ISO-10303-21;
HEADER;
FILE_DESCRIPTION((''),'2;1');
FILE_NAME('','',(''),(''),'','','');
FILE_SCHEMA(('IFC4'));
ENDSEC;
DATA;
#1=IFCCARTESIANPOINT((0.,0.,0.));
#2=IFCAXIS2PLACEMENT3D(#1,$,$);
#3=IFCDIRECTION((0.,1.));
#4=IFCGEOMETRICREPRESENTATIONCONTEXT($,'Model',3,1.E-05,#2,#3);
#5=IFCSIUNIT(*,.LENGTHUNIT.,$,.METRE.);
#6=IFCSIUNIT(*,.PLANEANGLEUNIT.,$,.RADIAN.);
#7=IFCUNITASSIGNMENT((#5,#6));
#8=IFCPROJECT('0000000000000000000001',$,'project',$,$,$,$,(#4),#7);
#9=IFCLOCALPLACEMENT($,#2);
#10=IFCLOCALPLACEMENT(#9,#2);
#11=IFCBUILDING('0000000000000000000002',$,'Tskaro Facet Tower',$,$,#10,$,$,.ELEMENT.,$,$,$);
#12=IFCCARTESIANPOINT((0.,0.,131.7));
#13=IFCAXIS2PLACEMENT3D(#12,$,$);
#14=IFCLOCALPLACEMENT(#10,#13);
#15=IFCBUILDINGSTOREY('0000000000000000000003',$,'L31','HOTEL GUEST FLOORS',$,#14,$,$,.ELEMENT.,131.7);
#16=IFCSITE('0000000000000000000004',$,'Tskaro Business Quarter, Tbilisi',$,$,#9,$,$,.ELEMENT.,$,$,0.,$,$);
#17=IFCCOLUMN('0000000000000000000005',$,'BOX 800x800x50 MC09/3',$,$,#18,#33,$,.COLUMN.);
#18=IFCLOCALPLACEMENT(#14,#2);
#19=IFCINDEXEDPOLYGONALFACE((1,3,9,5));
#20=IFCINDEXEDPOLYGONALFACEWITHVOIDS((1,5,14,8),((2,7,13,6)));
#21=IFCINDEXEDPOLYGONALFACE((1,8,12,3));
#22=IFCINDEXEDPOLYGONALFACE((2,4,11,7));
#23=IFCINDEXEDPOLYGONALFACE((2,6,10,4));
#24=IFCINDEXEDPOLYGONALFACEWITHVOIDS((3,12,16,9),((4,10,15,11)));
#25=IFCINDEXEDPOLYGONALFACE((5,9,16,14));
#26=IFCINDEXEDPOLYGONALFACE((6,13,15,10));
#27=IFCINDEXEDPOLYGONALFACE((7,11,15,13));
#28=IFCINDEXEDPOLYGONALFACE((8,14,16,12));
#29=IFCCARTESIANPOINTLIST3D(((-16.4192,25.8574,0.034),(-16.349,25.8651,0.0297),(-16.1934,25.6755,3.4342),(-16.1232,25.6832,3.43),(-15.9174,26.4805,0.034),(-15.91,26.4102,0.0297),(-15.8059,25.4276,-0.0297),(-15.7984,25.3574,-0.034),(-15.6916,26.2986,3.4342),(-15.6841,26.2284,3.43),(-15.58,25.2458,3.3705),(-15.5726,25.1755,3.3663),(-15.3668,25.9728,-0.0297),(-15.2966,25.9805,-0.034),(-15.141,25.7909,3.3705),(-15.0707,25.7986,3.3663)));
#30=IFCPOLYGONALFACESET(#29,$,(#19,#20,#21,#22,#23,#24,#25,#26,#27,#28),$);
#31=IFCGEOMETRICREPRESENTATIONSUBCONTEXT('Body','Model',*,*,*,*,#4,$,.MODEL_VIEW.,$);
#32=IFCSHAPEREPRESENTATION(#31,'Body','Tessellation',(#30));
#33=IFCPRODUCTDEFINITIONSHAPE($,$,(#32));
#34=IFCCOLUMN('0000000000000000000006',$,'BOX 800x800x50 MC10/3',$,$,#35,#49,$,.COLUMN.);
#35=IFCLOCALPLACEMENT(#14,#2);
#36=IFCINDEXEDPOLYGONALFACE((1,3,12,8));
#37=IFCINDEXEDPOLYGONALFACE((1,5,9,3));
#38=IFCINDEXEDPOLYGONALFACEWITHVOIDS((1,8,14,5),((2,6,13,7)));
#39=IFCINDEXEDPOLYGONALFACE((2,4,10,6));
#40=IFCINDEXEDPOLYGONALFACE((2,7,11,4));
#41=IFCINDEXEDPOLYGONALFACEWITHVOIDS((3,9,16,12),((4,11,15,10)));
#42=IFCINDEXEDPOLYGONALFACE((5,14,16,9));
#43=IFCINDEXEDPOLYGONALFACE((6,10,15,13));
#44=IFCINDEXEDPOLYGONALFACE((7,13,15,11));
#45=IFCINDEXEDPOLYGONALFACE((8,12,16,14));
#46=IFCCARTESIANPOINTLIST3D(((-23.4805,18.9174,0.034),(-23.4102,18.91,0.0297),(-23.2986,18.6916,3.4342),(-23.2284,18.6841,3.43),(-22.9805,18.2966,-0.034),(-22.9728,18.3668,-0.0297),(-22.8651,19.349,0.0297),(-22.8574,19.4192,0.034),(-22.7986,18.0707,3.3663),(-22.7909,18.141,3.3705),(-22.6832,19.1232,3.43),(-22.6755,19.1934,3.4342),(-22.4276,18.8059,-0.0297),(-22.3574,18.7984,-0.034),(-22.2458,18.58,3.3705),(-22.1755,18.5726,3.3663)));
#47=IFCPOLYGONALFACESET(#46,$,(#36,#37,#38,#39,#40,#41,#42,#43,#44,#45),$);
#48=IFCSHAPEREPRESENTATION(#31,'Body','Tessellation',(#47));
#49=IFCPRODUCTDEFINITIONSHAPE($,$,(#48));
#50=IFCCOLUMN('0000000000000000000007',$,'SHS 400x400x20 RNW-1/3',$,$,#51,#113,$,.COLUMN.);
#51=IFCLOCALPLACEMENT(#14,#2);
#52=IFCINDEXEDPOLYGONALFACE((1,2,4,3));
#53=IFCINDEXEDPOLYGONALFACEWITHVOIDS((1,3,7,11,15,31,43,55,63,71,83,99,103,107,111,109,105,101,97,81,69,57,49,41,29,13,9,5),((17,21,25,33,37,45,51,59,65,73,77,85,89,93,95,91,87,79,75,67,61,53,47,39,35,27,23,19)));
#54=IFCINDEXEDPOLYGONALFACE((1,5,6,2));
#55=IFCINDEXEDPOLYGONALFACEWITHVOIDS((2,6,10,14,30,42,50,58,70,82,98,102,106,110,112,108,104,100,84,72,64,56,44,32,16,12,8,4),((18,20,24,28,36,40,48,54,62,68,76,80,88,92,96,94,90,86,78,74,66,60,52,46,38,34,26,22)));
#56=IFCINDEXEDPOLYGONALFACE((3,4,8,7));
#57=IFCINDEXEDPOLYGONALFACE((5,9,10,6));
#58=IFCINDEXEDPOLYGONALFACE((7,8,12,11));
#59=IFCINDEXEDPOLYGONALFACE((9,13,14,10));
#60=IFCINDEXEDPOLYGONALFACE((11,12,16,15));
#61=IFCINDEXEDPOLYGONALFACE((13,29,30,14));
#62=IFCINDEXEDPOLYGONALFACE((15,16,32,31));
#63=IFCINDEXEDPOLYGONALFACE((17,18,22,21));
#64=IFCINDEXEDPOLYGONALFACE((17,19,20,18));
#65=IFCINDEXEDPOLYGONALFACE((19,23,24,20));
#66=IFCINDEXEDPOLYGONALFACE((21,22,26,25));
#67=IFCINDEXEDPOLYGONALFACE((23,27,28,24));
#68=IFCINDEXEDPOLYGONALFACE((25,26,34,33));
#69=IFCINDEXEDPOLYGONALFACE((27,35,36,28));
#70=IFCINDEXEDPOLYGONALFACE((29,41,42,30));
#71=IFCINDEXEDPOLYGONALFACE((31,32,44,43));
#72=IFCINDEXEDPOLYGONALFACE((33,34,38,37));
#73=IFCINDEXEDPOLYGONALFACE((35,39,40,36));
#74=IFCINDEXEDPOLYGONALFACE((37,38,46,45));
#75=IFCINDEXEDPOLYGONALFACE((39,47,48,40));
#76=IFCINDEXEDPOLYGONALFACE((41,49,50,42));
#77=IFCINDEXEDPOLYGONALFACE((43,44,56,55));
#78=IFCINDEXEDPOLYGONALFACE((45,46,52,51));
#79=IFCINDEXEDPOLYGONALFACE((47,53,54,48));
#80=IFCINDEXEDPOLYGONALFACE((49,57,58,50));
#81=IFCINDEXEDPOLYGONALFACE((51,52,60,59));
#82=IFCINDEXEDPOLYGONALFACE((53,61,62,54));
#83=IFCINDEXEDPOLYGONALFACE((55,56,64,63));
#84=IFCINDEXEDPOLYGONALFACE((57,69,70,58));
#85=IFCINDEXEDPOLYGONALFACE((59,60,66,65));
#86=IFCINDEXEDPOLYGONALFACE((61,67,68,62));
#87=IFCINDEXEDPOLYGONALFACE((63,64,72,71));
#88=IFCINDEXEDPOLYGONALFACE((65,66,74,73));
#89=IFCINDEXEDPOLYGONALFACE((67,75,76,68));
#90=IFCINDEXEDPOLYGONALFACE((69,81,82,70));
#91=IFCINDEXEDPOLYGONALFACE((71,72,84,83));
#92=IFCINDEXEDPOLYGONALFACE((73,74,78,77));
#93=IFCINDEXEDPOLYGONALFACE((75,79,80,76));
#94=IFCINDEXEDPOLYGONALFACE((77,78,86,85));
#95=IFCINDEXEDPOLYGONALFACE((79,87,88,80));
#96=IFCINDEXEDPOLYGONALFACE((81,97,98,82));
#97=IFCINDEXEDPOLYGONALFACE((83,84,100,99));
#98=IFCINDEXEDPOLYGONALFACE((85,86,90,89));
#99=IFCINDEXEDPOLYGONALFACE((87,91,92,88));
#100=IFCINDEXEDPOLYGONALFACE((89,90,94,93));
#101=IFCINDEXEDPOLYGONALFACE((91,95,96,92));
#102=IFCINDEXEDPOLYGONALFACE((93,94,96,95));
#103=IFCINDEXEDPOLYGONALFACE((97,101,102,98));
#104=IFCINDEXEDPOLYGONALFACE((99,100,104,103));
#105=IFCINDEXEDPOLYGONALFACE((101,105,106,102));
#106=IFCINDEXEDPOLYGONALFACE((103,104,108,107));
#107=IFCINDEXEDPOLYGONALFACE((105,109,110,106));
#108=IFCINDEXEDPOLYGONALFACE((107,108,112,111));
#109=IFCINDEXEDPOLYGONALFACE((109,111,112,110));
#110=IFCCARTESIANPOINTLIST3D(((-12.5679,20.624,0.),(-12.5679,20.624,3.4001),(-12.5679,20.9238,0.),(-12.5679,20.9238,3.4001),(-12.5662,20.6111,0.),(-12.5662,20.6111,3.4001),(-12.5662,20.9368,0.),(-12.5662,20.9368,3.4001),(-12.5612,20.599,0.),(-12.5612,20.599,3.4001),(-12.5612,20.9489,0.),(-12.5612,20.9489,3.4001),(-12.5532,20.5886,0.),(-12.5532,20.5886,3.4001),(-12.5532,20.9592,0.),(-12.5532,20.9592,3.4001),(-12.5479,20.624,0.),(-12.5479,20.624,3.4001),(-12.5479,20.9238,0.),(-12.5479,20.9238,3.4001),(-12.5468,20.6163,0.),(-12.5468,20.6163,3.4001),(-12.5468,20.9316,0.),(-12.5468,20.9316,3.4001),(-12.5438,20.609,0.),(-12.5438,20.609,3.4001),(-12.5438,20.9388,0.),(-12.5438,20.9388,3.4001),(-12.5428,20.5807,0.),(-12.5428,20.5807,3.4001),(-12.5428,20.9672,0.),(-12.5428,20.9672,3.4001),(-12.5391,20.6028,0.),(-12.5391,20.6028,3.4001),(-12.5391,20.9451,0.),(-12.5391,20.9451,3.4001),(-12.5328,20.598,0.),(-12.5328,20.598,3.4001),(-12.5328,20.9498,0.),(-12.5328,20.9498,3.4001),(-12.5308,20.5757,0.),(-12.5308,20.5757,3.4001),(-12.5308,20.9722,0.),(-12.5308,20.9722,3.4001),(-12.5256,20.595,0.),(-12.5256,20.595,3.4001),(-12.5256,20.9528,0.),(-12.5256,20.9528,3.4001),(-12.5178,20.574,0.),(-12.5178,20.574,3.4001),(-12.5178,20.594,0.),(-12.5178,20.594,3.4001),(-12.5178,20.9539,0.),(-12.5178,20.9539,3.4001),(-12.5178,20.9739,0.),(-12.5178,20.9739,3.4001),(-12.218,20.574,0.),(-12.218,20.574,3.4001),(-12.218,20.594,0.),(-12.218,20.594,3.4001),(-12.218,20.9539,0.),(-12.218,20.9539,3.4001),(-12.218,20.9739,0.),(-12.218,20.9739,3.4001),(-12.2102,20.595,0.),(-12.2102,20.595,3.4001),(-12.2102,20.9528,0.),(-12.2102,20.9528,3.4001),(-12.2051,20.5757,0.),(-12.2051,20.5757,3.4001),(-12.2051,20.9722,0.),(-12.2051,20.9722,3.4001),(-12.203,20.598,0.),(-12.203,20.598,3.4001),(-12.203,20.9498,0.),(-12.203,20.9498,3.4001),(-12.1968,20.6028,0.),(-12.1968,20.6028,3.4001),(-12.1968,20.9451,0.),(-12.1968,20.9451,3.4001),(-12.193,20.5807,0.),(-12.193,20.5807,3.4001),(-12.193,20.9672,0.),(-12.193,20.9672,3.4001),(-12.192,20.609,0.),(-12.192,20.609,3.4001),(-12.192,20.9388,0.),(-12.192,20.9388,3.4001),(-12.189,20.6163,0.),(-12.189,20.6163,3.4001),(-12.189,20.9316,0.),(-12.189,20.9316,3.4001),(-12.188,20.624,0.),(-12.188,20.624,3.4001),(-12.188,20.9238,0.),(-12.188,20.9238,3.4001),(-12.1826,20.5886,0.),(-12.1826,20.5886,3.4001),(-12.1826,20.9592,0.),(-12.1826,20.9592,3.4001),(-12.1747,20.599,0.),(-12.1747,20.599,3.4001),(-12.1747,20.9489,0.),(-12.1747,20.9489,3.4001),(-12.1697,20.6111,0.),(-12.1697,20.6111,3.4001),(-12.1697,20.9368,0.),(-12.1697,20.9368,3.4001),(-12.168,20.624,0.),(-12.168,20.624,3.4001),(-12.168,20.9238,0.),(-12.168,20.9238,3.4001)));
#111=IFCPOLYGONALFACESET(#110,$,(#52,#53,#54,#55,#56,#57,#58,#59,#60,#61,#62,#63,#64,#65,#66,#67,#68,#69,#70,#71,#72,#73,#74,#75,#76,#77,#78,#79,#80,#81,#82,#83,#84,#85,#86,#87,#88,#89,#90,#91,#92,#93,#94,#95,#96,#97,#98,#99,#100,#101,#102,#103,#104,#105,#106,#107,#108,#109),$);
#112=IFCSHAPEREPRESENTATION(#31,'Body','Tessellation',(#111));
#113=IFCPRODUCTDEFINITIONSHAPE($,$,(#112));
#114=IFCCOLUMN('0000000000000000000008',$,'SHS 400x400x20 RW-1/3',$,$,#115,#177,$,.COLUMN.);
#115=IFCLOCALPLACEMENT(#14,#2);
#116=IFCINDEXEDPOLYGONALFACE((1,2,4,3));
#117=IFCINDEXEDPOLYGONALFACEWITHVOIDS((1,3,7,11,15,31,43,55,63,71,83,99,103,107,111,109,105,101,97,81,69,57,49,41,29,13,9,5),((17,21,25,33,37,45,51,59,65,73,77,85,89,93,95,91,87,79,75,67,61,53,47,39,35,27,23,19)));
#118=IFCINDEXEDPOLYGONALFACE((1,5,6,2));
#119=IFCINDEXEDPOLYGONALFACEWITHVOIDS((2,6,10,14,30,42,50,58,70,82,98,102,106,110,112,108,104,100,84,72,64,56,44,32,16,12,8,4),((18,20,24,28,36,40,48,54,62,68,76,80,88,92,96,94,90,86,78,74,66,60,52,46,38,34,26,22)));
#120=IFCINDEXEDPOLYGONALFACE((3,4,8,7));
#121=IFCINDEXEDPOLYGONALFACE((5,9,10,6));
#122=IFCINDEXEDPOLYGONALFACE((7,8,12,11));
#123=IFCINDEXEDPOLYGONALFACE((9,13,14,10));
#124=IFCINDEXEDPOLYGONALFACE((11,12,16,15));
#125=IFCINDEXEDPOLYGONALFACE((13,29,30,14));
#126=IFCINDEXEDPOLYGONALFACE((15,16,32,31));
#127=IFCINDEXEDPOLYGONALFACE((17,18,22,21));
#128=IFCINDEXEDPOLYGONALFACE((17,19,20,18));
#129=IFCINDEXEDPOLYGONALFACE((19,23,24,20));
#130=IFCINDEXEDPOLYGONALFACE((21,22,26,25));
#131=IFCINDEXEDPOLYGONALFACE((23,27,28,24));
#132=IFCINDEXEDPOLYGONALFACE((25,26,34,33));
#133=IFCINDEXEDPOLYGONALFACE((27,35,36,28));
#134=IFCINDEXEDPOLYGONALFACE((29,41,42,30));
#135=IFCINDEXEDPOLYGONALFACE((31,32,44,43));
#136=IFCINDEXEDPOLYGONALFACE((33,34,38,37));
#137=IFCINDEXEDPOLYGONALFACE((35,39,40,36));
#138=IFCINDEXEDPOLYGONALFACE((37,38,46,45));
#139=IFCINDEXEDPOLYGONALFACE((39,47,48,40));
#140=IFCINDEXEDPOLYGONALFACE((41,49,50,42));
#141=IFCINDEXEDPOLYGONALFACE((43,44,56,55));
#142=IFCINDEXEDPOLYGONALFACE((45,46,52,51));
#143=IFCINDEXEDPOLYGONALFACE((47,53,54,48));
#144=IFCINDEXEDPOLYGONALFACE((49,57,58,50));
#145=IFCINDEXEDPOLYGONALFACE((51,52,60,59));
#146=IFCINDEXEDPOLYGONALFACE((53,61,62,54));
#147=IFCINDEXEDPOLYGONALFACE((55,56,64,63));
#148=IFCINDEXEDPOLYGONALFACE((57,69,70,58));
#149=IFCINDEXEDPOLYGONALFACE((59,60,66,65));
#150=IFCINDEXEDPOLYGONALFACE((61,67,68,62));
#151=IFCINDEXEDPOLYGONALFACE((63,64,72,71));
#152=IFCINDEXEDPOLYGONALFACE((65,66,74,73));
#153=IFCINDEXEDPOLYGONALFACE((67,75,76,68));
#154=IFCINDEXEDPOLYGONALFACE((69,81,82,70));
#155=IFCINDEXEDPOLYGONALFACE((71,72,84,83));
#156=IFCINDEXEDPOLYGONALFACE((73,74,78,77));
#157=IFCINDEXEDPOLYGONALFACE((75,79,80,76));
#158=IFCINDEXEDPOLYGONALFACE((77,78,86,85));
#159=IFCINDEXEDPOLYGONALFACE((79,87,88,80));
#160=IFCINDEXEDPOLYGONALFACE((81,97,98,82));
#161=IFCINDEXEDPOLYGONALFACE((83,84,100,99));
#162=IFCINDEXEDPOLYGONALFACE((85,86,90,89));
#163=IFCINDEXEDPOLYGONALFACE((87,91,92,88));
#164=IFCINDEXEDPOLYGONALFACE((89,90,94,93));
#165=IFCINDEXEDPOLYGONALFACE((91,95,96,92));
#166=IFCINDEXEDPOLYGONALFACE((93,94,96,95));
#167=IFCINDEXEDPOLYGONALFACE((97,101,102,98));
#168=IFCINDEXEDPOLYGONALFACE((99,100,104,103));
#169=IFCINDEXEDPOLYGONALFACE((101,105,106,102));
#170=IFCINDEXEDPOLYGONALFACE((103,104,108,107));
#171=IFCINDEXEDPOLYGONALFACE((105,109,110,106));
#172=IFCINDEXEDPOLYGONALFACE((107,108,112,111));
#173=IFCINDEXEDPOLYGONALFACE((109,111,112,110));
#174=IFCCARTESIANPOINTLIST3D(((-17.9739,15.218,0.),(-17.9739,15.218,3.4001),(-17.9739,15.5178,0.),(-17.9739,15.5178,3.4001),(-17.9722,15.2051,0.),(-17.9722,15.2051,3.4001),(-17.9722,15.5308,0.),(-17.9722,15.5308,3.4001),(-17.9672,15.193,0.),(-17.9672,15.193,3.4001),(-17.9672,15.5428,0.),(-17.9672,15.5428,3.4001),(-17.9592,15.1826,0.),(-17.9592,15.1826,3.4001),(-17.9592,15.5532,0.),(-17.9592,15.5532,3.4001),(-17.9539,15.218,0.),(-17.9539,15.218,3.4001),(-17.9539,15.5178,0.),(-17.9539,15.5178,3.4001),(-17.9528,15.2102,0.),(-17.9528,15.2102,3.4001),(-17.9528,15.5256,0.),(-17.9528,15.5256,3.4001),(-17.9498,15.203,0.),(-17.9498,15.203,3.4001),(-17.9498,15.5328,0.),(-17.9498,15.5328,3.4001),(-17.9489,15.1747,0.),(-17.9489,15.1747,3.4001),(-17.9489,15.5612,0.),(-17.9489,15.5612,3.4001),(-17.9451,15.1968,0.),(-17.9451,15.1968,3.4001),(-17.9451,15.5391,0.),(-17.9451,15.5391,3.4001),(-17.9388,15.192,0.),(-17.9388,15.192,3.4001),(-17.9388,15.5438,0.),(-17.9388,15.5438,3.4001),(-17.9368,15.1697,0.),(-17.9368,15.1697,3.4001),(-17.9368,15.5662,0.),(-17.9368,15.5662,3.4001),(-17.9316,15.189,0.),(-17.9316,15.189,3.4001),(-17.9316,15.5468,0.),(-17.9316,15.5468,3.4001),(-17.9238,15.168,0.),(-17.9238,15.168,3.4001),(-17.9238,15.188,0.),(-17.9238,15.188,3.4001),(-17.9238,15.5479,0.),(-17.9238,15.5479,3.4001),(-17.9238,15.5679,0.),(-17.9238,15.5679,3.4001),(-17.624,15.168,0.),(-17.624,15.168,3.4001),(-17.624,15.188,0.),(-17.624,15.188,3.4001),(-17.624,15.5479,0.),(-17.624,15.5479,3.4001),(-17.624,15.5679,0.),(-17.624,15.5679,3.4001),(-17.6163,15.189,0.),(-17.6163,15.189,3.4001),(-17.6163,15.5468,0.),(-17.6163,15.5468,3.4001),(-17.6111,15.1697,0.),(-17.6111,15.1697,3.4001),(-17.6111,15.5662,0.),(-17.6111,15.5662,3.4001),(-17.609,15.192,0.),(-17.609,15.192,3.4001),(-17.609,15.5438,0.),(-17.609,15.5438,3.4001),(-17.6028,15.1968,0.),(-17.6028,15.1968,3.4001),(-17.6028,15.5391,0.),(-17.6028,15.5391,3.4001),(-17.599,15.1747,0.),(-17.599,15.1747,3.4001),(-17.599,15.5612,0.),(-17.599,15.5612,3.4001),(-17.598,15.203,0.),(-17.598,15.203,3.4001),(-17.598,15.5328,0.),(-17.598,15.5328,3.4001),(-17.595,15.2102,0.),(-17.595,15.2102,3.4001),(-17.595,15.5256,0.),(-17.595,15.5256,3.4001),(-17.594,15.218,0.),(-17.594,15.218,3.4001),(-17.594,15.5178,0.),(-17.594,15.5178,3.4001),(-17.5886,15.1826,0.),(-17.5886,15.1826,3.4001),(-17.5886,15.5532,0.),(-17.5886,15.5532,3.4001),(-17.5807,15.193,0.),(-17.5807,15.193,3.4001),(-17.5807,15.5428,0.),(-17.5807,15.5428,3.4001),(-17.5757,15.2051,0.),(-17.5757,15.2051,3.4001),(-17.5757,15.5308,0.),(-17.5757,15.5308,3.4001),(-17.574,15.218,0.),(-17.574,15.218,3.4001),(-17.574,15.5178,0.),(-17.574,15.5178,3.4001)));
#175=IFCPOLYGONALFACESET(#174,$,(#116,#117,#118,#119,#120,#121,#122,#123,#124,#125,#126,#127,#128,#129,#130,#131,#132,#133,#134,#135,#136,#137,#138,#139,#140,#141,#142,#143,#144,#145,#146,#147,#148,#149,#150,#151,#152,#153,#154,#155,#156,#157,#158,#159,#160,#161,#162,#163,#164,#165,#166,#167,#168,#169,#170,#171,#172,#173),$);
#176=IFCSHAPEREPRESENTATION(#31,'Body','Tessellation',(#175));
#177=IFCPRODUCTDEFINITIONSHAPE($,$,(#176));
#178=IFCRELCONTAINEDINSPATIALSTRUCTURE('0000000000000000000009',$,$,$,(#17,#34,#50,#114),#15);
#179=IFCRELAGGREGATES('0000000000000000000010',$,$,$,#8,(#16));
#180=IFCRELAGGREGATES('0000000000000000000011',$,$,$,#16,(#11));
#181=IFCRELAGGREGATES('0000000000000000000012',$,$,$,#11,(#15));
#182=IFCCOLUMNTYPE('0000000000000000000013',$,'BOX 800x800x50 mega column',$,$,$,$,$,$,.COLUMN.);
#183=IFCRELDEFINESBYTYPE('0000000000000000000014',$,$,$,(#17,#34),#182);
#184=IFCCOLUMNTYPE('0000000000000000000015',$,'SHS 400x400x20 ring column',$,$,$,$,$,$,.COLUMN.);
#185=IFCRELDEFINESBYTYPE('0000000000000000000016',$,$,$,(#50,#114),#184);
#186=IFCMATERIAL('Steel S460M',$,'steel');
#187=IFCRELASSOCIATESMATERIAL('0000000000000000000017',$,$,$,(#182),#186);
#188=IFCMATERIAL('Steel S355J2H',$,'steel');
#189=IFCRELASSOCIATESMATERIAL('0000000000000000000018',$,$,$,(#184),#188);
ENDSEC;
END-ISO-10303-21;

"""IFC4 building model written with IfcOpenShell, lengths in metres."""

from ifc_helpers import new_model, si_unit, direction, frame, origin, origin_2d, place, context, subcontext, project, spatial, hollow_rectangle, extrude, material, material_profile, profile_set, type_object, element, save


model = new_model("IFC4")

# Units and contexts
model_context = context("Model", 3, precision=1e-05, world=origin(), true_north=direction((0.0, 1.0)))
body_context = subcontext(model_context, "Body", "Model", "MODEL_VIEW")
ifc_project = project(units=[si_unit("LENGTHUNIT", "METRE"), si_unit("PLANEANGLEUNIT", "RADIAN")], contexts=[model_context])

# Site, building, storey
site_placement = place(None, origin())
site = spatial("IfcSite", under=ifc_project, at=site_placement, Name="Tskaro Business Quarter, Tbilisi", CompositionType="ELEMENT", RefElevation=0.0)
building_placement = place(site_placement, origin())
building = spatial("IfcBuilding", under=site, at=building_placement, Name="Tskaro Facet Tower", CompositionType="ELEMENT")
storey_placement = place(building_placement, frame((0.0, 0.0, 131.7)))
storey = spatial("IfcBuildingStorey", under=building, at=storey_placement, Name="L31", Description="HOTEL GUEST FLOORS", CompositionType="ELEMENT", Elevation=131.7)

# Columns
ifc_material_1 = material(Name="Steel S460M", Category="steel")
ifc_material_profile_1 = material_profile(ifc_material_1, hollow_rectangle(XDim=0.8, YDim=0.8, WallThickness=0.05, at=origin_2d()), Name="BOX 800x800x50")
ifc_profile_set_1 = profile_set([ifc_material_profile_1], Name="Steel S460M")
column_type_1 = type_object("IfcColumnType", Name="BOX 800x800x50 mega column", PredefinedType="COLUMN", material=ifc_profile_set_1)
for number, where, z_axis, x_axis, name in (
    (1, (-15.8579, 25.9189, 0.0), (0.066178, -0.0533, 0.996383), (0.627259, 0.778811, 0.0), "BOX 800x800x50 MC09/3"),
    (2, (-22.9189, 18.8579, 0.0), (0.0533, -0.066178, 0.996383), (0.778811, 0.627259, 0.0), "BOX 800x800x50 MC10/3"),
):
    element("IfcColumn", number, at=place(storey_placement, frame(where, z_axis=z_axis, x_axis=x_axis)), inside=storey, type_object=column_type_1, Name=name, PredefinedType="COLUMN", context=body_context, shape_type="SweptSolid", body=[
        extrude(hollow_rectangle(XDim=0.8, YDim=0.8, WallThickness=0.05, at=origin_2d()), origin(), (0.0, 0.0, 1.0), 3.4126),
    ])
ifc_material_2 = material(Name="Steel S355J2H", Category="steel")
ifc_material_profile_2 = material_profile(ifc_material_2, hollow_rectangle(XDim=0.3999, YDim=0.3999, WallThickness=0.02, InnerFilletRadius=0.03, OuterFilletRadius=0.05, at=origin_2d()), Name="SHS 400x400x20")
ifc_profile_set_2 = profile_set([ifc_material_profile_2], Name="Steel S355J2H")
column_type_2 = type_object("IfcColumnType", Name="SHS 400x400x20 ring column", PredefinedType="COLUMN", material=ifc_profile_set_2)
for number, where, z_axis, x_axis, name in (
    (3, (-12.3679, 20.7739, 0.0), (0.0, 0.0, 1.0), (1.0, 0.0, 0.0), "SHS 400x400x20 RNW-1/3"),
    (4, (-17.7739, 15.3679, 0.0), (0.0, 0.0, 1.0), (1.0, 0.0, 0.0), "SHS 400x400x20 RW-1/3"),
):
    element("IfcColumn", number, at=place(storey_placement, frame(where, z_axis=z_axis, x_axis=x_axis)), inside=storey, type_object=column_type_2, Name=name, PredefinedType="COLUMN", context=body_context, shape_type="SweptSolid", body=[
        extrude(hollow_rectangle(XDim=0.3999, YDim=0.3999, WallThickness=0.02, InnerFilletRadius=0.03, OuterFilletRadius=0.05, at=origin_2d()), origin(), (0.0, 0.0, 1.0), 3.4001),
    ])

save(model, "model.ifc")
